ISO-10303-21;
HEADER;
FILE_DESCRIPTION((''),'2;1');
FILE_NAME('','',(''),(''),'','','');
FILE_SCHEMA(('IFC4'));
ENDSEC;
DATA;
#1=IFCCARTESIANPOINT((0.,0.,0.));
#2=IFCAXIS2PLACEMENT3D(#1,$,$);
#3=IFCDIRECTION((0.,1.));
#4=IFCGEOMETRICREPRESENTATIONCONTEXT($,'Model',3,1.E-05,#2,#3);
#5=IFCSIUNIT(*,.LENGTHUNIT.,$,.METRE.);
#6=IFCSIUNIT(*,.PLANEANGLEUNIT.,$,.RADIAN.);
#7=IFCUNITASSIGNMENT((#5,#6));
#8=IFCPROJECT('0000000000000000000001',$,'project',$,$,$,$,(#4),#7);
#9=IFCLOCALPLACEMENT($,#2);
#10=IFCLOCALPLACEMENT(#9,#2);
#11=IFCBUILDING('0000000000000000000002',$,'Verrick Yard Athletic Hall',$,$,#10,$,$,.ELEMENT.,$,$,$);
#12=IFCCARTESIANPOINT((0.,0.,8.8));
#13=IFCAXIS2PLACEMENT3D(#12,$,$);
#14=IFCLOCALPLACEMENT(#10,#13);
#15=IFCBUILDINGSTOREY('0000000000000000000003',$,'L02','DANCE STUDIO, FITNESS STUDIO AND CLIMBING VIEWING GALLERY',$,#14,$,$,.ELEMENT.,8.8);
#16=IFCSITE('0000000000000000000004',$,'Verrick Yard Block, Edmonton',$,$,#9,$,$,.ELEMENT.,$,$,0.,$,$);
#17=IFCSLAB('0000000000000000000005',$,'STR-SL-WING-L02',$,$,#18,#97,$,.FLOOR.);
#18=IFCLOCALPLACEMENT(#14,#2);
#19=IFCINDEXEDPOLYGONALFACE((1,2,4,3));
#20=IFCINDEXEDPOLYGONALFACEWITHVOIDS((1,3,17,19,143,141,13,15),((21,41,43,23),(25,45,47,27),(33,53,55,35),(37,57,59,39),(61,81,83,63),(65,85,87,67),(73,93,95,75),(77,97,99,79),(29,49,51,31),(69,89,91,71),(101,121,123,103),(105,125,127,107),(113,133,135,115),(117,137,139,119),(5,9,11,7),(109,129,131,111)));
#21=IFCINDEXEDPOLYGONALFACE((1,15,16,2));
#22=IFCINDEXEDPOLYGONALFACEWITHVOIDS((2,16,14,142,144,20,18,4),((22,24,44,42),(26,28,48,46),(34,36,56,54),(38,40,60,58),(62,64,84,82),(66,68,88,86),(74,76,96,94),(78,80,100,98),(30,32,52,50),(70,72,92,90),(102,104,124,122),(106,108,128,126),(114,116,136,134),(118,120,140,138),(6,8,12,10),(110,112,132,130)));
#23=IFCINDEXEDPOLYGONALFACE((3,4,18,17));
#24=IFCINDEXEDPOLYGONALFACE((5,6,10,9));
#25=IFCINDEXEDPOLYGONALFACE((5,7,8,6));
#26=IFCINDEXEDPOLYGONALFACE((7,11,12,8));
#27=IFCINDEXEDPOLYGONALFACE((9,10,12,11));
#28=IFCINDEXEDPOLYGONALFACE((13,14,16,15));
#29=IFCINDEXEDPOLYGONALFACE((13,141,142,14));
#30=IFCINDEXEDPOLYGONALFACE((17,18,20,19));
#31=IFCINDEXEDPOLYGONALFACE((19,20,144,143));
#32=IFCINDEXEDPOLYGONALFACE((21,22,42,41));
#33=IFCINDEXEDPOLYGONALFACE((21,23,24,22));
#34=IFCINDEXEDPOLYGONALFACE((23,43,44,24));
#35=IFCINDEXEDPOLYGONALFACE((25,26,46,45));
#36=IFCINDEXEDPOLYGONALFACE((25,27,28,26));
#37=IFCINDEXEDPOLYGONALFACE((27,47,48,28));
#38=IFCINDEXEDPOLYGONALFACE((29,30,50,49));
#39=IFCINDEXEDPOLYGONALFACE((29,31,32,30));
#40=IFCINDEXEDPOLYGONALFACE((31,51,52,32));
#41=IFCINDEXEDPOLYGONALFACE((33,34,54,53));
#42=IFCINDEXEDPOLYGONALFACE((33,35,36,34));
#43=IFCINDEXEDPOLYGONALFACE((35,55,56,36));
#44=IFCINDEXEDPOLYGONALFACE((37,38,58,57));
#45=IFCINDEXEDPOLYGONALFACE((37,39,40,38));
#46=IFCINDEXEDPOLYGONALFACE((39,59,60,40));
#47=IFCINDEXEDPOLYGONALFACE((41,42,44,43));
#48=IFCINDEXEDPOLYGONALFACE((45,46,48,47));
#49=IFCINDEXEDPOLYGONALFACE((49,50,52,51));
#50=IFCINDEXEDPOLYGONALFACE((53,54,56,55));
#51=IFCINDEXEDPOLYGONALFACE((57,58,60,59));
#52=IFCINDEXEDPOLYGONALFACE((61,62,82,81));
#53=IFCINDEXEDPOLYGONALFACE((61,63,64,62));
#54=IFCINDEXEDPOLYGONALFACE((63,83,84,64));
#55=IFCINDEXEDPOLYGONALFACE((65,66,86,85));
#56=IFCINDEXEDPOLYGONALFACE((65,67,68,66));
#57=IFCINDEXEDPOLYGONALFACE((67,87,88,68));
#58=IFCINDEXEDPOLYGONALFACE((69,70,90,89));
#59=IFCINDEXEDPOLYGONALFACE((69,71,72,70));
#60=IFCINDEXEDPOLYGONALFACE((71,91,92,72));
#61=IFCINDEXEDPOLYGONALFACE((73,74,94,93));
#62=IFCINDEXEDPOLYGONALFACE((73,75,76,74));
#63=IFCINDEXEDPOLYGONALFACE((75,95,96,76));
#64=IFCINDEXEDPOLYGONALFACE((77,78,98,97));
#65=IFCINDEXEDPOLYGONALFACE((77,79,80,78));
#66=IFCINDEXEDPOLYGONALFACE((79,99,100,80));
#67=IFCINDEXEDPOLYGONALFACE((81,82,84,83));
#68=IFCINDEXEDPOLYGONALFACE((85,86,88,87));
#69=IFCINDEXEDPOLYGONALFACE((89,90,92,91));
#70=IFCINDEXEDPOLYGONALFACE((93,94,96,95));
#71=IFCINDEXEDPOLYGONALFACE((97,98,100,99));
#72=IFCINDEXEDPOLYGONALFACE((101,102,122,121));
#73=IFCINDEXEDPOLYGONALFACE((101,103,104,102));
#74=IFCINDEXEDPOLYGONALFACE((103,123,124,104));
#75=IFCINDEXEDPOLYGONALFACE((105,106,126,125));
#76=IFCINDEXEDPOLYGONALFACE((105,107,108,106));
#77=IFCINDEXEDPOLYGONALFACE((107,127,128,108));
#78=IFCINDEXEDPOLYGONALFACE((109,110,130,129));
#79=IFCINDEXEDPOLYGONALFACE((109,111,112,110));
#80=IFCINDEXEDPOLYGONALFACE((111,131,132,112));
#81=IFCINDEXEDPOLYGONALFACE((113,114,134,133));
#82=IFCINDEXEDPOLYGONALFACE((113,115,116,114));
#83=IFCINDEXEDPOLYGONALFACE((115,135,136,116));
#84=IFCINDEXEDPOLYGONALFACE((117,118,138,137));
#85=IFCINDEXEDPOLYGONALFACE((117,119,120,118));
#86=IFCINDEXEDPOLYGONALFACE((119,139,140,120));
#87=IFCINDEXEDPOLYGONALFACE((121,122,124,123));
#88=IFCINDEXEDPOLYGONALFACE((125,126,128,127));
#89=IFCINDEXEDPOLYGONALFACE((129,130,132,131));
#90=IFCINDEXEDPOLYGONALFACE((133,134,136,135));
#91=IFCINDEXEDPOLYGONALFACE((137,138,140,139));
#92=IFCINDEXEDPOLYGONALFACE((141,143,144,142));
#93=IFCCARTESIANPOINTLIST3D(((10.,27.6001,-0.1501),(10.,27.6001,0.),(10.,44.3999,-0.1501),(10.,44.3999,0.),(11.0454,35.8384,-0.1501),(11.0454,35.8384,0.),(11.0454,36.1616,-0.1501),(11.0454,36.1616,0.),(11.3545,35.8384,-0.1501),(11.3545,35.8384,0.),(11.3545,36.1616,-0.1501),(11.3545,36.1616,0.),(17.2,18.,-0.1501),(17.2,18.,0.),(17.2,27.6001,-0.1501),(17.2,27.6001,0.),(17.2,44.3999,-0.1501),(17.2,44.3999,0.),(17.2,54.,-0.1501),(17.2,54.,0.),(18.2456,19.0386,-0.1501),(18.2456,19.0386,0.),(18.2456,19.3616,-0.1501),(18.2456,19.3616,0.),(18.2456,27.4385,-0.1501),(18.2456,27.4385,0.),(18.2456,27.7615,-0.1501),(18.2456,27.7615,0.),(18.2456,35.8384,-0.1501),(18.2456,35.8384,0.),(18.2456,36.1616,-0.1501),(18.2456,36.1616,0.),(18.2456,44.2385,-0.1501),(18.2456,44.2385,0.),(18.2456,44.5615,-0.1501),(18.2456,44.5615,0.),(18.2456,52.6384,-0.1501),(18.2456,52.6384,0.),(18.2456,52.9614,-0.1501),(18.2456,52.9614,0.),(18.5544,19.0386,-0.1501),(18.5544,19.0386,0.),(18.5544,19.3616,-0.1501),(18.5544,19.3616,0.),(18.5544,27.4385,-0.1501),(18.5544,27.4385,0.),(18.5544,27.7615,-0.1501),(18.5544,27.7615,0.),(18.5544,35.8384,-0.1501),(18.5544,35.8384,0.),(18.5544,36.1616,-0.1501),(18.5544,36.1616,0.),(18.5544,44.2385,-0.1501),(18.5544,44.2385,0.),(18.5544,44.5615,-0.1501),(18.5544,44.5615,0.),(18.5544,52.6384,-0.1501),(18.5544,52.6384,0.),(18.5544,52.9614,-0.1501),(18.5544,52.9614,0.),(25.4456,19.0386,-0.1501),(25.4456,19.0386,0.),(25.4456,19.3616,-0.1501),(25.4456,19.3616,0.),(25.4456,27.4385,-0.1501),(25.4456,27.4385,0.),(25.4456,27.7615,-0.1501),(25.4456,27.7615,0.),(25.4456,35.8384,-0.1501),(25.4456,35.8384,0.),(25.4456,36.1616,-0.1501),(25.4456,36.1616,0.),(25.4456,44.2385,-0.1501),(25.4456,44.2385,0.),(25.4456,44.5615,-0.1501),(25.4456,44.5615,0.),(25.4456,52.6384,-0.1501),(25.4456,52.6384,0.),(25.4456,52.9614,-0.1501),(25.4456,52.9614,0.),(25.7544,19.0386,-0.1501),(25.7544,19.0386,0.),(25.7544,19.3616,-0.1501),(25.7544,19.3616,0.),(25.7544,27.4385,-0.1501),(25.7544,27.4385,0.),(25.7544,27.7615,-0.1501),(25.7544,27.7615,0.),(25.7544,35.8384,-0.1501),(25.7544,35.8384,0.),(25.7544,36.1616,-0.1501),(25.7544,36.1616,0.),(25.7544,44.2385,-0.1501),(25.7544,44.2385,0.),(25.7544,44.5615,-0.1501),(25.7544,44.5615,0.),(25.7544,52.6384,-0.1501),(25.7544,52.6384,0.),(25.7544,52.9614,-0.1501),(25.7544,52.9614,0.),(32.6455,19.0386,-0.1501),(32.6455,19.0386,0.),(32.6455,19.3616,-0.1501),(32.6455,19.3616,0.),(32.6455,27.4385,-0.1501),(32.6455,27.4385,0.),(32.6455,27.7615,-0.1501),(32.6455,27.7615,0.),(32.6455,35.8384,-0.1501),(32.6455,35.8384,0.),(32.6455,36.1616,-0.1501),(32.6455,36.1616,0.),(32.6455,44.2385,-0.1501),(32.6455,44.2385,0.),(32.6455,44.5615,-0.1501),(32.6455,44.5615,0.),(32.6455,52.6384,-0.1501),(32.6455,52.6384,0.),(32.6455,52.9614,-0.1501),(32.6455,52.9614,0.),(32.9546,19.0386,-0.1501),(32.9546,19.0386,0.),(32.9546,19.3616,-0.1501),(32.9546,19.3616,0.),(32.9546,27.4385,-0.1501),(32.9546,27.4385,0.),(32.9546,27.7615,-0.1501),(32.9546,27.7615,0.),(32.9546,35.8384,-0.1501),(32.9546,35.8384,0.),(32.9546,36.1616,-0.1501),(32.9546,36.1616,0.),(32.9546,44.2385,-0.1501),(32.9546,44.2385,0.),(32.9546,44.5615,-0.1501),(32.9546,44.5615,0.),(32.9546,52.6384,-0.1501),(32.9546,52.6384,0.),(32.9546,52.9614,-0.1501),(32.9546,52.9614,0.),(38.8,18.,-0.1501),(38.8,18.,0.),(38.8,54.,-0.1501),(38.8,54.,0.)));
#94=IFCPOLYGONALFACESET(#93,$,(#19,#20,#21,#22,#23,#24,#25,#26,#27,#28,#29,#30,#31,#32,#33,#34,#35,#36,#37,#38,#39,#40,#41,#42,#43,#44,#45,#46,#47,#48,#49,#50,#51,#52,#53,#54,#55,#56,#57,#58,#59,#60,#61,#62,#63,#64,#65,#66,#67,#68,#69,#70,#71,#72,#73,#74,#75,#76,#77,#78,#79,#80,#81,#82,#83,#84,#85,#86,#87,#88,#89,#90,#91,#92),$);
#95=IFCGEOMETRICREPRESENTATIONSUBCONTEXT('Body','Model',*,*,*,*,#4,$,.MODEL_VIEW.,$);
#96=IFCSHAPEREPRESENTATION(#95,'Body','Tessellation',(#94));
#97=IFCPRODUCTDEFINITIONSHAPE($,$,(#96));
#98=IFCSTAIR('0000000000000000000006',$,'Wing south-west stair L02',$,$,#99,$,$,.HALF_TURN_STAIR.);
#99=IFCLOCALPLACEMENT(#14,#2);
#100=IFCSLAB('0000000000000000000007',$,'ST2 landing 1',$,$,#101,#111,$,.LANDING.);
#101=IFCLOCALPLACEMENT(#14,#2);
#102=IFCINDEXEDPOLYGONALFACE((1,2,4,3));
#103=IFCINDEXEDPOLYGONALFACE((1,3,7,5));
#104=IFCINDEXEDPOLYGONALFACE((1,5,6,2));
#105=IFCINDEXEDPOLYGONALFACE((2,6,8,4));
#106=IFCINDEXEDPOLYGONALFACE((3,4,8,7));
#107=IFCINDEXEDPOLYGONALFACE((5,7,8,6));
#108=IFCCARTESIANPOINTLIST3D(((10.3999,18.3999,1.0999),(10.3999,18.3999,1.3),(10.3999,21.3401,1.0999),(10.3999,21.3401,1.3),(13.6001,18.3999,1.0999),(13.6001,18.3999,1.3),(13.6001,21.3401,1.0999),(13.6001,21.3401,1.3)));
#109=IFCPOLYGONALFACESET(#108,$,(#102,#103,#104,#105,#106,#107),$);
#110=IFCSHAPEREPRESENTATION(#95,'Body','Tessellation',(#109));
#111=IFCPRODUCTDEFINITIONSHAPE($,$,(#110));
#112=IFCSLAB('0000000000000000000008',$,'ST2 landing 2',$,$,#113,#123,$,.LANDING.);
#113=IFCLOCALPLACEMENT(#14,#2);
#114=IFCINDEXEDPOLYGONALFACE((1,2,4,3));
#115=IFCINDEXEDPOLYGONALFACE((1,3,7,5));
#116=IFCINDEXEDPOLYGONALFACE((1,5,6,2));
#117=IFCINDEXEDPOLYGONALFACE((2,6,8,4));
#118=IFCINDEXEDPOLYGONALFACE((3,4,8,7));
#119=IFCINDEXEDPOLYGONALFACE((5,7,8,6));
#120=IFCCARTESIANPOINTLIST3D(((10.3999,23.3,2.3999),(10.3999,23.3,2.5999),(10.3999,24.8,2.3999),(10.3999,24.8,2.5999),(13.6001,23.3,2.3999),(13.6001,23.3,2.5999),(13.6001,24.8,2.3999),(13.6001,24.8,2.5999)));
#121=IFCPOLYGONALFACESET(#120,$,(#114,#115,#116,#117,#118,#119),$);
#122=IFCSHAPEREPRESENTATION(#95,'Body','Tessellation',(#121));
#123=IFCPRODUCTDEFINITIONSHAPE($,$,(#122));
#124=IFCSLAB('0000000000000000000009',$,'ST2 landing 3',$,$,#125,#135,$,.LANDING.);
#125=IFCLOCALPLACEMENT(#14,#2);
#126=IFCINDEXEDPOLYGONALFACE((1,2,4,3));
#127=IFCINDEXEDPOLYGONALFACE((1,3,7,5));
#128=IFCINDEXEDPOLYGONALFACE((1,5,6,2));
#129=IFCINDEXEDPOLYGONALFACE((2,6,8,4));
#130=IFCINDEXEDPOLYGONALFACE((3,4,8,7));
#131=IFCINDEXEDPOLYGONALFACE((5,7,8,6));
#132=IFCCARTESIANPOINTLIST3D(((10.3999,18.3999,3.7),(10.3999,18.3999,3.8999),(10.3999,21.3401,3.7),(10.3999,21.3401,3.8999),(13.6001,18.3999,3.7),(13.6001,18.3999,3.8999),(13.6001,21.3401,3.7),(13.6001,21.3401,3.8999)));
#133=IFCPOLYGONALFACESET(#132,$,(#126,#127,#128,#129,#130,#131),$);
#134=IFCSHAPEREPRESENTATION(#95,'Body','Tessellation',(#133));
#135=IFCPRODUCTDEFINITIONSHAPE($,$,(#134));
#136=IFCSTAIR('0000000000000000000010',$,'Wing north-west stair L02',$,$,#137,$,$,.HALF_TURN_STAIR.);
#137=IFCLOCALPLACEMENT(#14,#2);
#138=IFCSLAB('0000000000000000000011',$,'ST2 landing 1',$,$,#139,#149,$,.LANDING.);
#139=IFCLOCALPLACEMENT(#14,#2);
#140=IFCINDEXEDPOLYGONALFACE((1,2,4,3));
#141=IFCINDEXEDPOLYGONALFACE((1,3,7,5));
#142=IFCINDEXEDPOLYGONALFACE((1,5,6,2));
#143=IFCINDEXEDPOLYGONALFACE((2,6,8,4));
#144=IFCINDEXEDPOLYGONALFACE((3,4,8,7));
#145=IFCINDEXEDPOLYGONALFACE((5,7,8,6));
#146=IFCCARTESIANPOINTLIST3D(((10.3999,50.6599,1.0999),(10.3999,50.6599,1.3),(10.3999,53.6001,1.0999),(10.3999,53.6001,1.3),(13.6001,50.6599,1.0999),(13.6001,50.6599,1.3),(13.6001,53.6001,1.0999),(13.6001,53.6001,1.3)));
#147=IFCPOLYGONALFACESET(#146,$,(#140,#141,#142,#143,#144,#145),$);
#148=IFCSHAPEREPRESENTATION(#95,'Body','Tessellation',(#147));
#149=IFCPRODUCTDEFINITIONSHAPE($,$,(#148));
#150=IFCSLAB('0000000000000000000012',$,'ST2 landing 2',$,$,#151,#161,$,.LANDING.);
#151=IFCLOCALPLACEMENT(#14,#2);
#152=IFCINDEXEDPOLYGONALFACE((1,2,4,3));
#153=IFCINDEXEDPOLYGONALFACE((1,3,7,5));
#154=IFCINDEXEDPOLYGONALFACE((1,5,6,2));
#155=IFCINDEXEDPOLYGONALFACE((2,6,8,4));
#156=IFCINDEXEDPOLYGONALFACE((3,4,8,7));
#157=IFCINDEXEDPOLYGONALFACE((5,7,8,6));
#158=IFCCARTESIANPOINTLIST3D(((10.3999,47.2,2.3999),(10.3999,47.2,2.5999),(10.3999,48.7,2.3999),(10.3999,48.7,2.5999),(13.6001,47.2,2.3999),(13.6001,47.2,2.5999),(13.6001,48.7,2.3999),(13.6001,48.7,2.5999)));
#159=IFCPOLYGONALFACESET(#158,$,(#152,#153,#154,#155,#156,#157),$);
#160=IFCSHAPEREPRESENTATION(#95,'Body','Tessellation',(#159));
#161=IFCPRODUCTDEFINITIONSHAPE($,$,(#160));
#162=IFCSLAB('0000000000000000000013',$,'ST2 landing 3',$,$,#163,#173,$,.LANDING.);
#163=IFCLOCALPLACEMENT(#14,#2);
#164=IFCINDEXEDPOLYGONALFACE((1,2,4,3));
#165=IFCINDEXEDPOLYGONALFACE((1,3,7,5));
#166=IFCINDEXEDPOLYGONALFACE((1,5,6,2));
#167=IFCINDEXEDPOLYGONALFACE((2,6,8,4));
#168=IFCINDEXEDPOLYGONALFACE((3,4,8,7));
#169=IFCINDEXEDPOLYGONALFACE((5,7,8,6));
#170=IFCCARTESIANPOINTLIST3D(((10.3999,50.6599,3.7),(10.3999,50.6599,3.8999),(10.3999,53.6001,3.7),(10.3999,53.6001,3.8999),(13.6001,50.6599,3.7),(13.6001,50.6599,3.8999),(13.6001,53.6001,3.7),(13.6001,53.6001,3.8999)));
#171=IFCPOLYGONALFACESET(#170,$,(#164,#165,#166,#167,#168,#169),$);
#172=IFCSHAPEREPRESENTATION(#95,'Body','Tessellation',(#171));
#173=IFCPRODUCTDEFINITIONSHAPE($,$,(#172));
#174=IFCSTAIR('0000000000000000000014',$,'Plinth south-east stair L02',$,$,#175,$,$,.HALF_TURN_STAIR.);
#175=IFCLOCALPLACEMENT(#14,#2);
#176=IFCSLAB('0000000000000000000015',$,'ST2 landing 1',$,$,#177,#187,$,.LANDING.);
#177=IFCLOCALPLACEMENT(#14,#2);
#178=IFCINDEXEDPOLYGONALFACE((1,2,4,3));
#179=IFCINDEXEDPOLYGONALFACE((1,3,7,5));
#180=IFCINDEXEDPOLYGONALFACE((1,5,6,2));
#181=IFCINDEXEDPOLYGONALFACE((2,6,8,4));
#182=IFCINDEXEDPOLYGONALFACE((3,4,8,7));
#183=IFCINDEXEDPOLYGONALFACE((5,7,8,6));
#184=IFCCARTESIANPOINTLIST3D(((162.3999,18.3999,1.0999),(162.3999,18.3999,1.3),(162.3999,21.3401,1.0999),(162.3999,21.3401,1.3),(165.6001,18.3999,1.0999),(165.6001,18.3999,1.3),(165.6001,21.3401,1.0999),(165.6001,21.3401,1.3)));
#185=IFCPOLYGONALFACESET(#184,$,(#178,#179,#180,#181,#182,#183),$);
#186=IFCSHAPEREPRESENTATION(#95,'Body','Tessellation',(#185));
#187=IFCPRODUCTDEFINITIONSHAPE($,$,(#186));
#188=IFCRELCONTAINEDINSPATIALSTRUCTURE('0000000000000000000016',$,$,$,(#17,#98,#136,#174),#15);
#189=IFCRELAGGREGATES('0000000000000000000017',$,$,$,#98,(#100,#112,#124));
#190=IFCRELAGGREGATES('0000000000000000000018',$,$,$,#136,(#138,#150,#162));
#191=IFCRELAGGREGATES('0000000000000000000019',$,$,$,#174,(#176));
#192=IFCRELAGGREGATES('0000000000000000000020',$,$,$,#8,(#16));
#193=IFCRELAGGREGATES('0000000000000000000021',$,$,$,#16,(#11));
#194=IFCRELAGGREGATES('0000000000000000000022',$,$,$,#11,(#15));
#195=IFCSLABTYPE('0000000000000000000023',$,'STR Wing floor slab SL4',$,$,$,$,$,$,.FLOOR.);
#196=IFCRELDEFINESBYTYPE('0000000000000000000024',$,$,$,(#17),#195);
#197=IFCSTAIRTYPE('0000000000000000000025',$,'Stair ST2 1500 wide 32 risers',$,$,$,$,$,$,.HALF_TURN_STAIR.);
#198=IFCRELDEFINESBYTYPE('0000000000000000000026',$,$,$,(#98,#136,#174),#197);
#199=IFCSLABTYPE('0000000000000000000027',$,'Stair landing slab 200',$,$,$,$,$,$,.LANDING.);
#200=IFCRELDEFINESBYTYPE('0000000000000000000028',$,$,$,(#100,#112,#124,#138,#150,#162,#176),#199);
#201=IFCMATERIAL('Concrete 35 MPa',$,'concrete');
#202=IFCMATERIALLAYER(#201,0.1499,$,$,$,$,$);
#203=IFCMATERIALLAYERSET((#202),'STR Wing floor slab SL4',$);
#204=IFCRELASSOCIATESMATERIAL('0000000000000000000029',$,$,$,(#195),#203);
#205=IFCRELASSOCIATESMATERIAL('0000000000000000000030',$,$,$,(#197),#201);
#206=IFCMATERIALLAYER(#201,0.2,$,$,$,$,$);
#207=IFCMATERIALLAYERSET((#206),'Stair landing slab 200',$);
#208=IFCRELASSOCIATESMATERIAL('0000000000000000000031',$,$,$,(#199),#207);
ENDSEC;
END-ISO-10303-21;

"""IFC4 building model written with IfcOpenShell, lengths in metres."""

from ifc_helpers import new_model, si_unit, direction, frame, origin, place, context, subcontext, project, spatial, polyline, outline, extrude, material, layer, layer_set, type_object, element, aggregate, save


model = new_model("IFC4")

# Units and contexts
model_context = context("Model", 3, precision=1e-05, world=origin(), true_north=direction((0.0, 1.0)))
body_context = subcontext(model_context, "Body", "Model", "MODEL_VIEW")
ifc_project = project(units=[si_unit("LENGTHUNIT", "METRE"), si_unit("PLANEANGLEUNIT", "RADIAN")], contexts=[model_context])

# Site, building, storey
site_placement = place(None, origin())
site = spatial("IfcSite", under=ifc_project, at=site_placement, Name="Verrick Yard Block, Edmonton", CompositionType="ELEMENT", RefElevation=0.0)
building_placement = place(site_placement, origin())
building = spatial("IfcBuilding", under=site, at=building_placement, Name="Verrick Yard Athletic Hall", CompositionType="ELEMENT")
storey_placement = place(building_placement, frame((0.0, 0.0, 8.8)))
storey = spatial("IfcBuildingStorey", under=building, at=storey_placement, Name="L02", Description="DANCE STUDIO, FITNESS STUDIO AND CLIMBING VIEWING GALLERY", CompositionType="ELEMENT", Elevation=8.8)

# Slab
ifc_material = material(Name="Concrete 35 MPa", Category="concrete")
ifc_layer_1 = layer(ifc_material, 0.1499)
ifc_layer_set_1 = layer_set([ifc_layer_1], Name="STR Wing floor slab SL4")
slab_type_1 = type_object("IfcSlabType", Name="STR Wing floor slab SL4", PredefinedType="FLOOR", material=ifc_layer_set_1)
slab_1_placement = place(storey_placement, frame((0.0, 0.0, -0.1501)))
element("IfcSlab", 1, at=slab_1_placement, inside=storey, type_object=slab_type_1, Name="STR-SL-WING-L02", PredefinedType="FLOOR", context=body_context, shape_type="SweptSolid", body=[
    extrude(outline(polyline([(38.8, 54.0), (17.2, 54.0), (17.2, 44.3999), (10.0, 44.3999), (10.0, 27.6001), (17.2, 27.6001), (17.2, 18.0), (38.8, 18.0), (38.8, 54.0)]), holes=[polyline([(18.5544, 19.3616), (18.5544, 19.0386), (18.2456, 19.0386), (18.2456, 19.3616), (18.5544, 19.3616)]), polyline([(18.5544, 27.7615), (18.5544, 27.4385), (18.2456, 27.4385), (18.2456, 27.7615), (18.5544, 27.7615)]), polyline([(11.3545, 35.8384), (11.0454, 35.8384), (11.0454, 36.1616), (11.3545, 36.1616), (11.3545, 35.8384)]), polyline([(18.5544, 35.8384), (18.2456, 35.8384), (18.2456, 36.1616), (18.5544, 36.1616), (18.5544, 35.8384)]), polyline([(25.7544, 36.1616), (25.7544, 35.8384), (25.4456, 35.8384), (25.4456, 36.1616), (25.7544, 36.1616)]), polyline([(18.5544, 44.5615), (18.5544, 44.2385), (18.2456, 44.2385), (18.2456, 44.5615), (18.5544, 44.5615)]), polyline([(25.7544, 44.5615), (25.7544, 44.2385), (25.4456, 44.2385), (25.4456, 44.5615), (25.7544, 44.5615)]), polyline([(18.5544, 52.6384), (18.2456, 52.6384), (18.2456, 52.9614), (18.5544, 52.9614), (18.5544, 52.6384)]), polyline([(25.7544, 52.9614), (25.7544, 52.6384), (25.4456, 52.6384), (25.4456, 52.9614), (25.7544, 52.9614)]), polyline([(25.7544, 19.3616), (25.7544, 19.0386), (25.4456, 19.0386), (25.4456, 19.3616), (25.7544, 19.3616)]), polyline([(32.9546, 19.3616), (32.9546, 19.0386), (32.6455, 19.0386), (32.6455, 19.3616), (32.9546, 19.3616)]), polyline([(25.7544, 27.4385), (25.4456, 27.4385), (25.4456, 27.7615), (25.7544, 27.7615), (25.7544, 27.4385)]), polyline([(32.9546, 27.7615), (32.9546, 27.4385), (32.6455, 27.4385), (32.6455, 27.7615), (32.9546, 27.7615)]), polyline([(32.9546, 35.8384), (32.6455, 35.8384), (32.6455, 36.1616), (32.9546, 36.1616), (32.9546, 35.8384)]), polyline([(32.9546, 44.5615), (32.9546, 44.2385), (32.6455, 44.2385), (32.6455, 44.5615), (32.9546, 44.5615)]), polyline([(32.9546, 52.6384), (32.6455, 52.6384), (32.6455, 52.9614), (32.9546, 52.9614), (32.9546, 52.6384)])]), origin(), (0.0, 0.0, 1.0), 0.1501),
])

# Stairs, slabs
stair_type_1 = type_object("IfcStairType", Name="Stair ST2 1500 wide 32 risers", PredefinedType="HALF_TURN_STAIR", material=ifc_material)
stair_1_placement = place(storey_placement, origin())
stair_1 = element("IfcStair", 2, at=stair_1_placement, inside=storey, type_object=stair_type_1, Name="Wing south-west stair L02", PredefinedType="HALF_TURN_STAIR")
ifc_layer_2 = layer(ifc_material, 0.2)
ifc_layer_set_2 = layer_set([ifc_layer_2], Name="Stair landing slab 200")
slab_type_2 = type_object("IfcSlabType", Name="Stair landing slab 200", PredefinedType="LANDING", material=ifc_layer_set_2)
slab_2_placement = place(storey_placement, frame((0.0, 0.0, 1.0999)))
slab_2 = element("IfcSlab", 3, at=slab_2_placement, type_object=slab_type_2, Name="ST2 landing 1", PredefinedType="LANDING", context=body_context, shape_type="SweptSolid", body=[
    extrude(outline(polyline([(10.3999, 21.3401), (10.3999, 18.3999), (13.6001, 18.3999), (13.6001, 21.3401), (10.3999, 21.3401)])), origin(), (0.0, 0.0, 1.0), 0.2002),
])
slab_3_placement = place(storey_placement, frame((0.0, 0.0, 2.3999)))
slab_3 = element("IfcSlab", 4, at=slab_3_placement, type_object=slab_type_2, Name="ST2 landing 2", PredefinedType="LANDING", context=body_context, shape_type="SweptSolid", body=[
    extrude(outline(polyline([(10.3999, 24.8), (10.3999, 23.3), (13.6001, 23.3), (13.6001, 24.8), (10.3999, 24.8)])), origin(), (0.0, 0.0, 1.0), 0.2),
])
slab_4_placement = place(storey_placement, frame((0.0, 0.0, 3.7)))
slab_4 = element("IfcSlab", 5, at=slab_4_placement, type_object=slab_type_2, Name="ST2 landing 3", PredefinedType="LANDING", context=body_context, shape_type="SweptSolid", body=[
    extrude(outline(polyline([(10.3999, 21.3401), (10.3999, 18.3999), (13.6001, 18.3999), (13.6001, 21.3401), (10.3999, 21.3401)])), origin(), (0.0, 0.0, 1.0), 0.2),
])
aggregate(stair_1, [slab_2, slab_3, slab_4])
stair_2_placement = place(storey_placement, origin())
stair_2 = element("IfcStair", 6, at=stair_2_placement, inside=storey, type_object=stair_type_1, Name="Wing north-west stair L02", PredefinedType="HALF_TURN_STAIR")
slab_5_placement = place(storey_placement, frame((0.0, 0.0, 1.0999)))
slab_5 = element("IfcSlab", 7, at=slab_5_placement, type_object=slab_type_2, Name="ST2 landing 1", PredefinedType="LANDING", context=body_context, shape_type="SweptSolid", body=[
    extrude(outline(polyline([(13.6001, 50.6599), (13.6001, 53.6001), (10.3999, 53.6001), (10.3999, 50.6599), (13.6001, 50.6599)])), origin(), (0.0, 0.0, 1.0), 0.2002),
])
slab_6_placement = place(storey_placement, frame((0.0, 0.0, 2.3999)))
slab_6 = element("IfcSlab", 8, at=slab_6_placement, type_object=slab_type_2, Name="ST2 landing 2", PredefinedType="LANDING", context=body_context, shape_type="SweptSolid", body=[
    extrude(outline(polyline([(13.6001, 47.2), (13.6001, 48.7), (10.3999, 48.7), (10.3999, 47.2), (13.6001, 47.2)])), origin(), (0.0, 0.0, 1.0), 0.2),
])
slab_7_placement = place(storey_placement, frame((0.0, 0.0, 3.7)))
slab_7 = element("IfcSlab", 9, at=slab_7_placement, type_object=slab_type_2, Name="ST2 landing 3", PredefinedType="LANDING", context=body_context, shape_type="SweptSolid", body=[
    extrude(outline(polyline([(13.6001, 50.6599), (13.6001, 53.6001), (10.3999, 53.6001), (10.3999, 50.6599), (13.6001, 50.6599)])), origin(), (0.0, 0.0, 1.0), 0.2),
])
aggregate(stair_2, [slab_5, slab_6, slab_7])
stair_3_placement = place(storey_placement, origin())
stair_3 = element("IfcStair", 10, at=stair_3_placement, inside=storey, type_object=stair_type_1, Name="Plinth south-east stair L02", PredefinedType="HALF_TURN_STAIR")
slab_8_placement = place(storey_placement, frame((0.0, 0.0, 1.0999)))
slab_8 = element("IfcSlab", 11, at=slab_8_placement, type_object=slab_type_2, Name="ST2 landing 1", PredefinedType="LANDING", context=body_context, shape_type="SweptSolid", body=[
    extrude(outline(polyline([(162.3999, 21.3401), (162.3999, 18.3999), (165.6001, 18.3999), (165.6001, 21.3401), (162.3999, 21.3401)])), origin(), (0.0, 0.0, 1.0), 0.2002),
])
aggregate(stair_3, [slab_8])

save(model, "model.ifc")
